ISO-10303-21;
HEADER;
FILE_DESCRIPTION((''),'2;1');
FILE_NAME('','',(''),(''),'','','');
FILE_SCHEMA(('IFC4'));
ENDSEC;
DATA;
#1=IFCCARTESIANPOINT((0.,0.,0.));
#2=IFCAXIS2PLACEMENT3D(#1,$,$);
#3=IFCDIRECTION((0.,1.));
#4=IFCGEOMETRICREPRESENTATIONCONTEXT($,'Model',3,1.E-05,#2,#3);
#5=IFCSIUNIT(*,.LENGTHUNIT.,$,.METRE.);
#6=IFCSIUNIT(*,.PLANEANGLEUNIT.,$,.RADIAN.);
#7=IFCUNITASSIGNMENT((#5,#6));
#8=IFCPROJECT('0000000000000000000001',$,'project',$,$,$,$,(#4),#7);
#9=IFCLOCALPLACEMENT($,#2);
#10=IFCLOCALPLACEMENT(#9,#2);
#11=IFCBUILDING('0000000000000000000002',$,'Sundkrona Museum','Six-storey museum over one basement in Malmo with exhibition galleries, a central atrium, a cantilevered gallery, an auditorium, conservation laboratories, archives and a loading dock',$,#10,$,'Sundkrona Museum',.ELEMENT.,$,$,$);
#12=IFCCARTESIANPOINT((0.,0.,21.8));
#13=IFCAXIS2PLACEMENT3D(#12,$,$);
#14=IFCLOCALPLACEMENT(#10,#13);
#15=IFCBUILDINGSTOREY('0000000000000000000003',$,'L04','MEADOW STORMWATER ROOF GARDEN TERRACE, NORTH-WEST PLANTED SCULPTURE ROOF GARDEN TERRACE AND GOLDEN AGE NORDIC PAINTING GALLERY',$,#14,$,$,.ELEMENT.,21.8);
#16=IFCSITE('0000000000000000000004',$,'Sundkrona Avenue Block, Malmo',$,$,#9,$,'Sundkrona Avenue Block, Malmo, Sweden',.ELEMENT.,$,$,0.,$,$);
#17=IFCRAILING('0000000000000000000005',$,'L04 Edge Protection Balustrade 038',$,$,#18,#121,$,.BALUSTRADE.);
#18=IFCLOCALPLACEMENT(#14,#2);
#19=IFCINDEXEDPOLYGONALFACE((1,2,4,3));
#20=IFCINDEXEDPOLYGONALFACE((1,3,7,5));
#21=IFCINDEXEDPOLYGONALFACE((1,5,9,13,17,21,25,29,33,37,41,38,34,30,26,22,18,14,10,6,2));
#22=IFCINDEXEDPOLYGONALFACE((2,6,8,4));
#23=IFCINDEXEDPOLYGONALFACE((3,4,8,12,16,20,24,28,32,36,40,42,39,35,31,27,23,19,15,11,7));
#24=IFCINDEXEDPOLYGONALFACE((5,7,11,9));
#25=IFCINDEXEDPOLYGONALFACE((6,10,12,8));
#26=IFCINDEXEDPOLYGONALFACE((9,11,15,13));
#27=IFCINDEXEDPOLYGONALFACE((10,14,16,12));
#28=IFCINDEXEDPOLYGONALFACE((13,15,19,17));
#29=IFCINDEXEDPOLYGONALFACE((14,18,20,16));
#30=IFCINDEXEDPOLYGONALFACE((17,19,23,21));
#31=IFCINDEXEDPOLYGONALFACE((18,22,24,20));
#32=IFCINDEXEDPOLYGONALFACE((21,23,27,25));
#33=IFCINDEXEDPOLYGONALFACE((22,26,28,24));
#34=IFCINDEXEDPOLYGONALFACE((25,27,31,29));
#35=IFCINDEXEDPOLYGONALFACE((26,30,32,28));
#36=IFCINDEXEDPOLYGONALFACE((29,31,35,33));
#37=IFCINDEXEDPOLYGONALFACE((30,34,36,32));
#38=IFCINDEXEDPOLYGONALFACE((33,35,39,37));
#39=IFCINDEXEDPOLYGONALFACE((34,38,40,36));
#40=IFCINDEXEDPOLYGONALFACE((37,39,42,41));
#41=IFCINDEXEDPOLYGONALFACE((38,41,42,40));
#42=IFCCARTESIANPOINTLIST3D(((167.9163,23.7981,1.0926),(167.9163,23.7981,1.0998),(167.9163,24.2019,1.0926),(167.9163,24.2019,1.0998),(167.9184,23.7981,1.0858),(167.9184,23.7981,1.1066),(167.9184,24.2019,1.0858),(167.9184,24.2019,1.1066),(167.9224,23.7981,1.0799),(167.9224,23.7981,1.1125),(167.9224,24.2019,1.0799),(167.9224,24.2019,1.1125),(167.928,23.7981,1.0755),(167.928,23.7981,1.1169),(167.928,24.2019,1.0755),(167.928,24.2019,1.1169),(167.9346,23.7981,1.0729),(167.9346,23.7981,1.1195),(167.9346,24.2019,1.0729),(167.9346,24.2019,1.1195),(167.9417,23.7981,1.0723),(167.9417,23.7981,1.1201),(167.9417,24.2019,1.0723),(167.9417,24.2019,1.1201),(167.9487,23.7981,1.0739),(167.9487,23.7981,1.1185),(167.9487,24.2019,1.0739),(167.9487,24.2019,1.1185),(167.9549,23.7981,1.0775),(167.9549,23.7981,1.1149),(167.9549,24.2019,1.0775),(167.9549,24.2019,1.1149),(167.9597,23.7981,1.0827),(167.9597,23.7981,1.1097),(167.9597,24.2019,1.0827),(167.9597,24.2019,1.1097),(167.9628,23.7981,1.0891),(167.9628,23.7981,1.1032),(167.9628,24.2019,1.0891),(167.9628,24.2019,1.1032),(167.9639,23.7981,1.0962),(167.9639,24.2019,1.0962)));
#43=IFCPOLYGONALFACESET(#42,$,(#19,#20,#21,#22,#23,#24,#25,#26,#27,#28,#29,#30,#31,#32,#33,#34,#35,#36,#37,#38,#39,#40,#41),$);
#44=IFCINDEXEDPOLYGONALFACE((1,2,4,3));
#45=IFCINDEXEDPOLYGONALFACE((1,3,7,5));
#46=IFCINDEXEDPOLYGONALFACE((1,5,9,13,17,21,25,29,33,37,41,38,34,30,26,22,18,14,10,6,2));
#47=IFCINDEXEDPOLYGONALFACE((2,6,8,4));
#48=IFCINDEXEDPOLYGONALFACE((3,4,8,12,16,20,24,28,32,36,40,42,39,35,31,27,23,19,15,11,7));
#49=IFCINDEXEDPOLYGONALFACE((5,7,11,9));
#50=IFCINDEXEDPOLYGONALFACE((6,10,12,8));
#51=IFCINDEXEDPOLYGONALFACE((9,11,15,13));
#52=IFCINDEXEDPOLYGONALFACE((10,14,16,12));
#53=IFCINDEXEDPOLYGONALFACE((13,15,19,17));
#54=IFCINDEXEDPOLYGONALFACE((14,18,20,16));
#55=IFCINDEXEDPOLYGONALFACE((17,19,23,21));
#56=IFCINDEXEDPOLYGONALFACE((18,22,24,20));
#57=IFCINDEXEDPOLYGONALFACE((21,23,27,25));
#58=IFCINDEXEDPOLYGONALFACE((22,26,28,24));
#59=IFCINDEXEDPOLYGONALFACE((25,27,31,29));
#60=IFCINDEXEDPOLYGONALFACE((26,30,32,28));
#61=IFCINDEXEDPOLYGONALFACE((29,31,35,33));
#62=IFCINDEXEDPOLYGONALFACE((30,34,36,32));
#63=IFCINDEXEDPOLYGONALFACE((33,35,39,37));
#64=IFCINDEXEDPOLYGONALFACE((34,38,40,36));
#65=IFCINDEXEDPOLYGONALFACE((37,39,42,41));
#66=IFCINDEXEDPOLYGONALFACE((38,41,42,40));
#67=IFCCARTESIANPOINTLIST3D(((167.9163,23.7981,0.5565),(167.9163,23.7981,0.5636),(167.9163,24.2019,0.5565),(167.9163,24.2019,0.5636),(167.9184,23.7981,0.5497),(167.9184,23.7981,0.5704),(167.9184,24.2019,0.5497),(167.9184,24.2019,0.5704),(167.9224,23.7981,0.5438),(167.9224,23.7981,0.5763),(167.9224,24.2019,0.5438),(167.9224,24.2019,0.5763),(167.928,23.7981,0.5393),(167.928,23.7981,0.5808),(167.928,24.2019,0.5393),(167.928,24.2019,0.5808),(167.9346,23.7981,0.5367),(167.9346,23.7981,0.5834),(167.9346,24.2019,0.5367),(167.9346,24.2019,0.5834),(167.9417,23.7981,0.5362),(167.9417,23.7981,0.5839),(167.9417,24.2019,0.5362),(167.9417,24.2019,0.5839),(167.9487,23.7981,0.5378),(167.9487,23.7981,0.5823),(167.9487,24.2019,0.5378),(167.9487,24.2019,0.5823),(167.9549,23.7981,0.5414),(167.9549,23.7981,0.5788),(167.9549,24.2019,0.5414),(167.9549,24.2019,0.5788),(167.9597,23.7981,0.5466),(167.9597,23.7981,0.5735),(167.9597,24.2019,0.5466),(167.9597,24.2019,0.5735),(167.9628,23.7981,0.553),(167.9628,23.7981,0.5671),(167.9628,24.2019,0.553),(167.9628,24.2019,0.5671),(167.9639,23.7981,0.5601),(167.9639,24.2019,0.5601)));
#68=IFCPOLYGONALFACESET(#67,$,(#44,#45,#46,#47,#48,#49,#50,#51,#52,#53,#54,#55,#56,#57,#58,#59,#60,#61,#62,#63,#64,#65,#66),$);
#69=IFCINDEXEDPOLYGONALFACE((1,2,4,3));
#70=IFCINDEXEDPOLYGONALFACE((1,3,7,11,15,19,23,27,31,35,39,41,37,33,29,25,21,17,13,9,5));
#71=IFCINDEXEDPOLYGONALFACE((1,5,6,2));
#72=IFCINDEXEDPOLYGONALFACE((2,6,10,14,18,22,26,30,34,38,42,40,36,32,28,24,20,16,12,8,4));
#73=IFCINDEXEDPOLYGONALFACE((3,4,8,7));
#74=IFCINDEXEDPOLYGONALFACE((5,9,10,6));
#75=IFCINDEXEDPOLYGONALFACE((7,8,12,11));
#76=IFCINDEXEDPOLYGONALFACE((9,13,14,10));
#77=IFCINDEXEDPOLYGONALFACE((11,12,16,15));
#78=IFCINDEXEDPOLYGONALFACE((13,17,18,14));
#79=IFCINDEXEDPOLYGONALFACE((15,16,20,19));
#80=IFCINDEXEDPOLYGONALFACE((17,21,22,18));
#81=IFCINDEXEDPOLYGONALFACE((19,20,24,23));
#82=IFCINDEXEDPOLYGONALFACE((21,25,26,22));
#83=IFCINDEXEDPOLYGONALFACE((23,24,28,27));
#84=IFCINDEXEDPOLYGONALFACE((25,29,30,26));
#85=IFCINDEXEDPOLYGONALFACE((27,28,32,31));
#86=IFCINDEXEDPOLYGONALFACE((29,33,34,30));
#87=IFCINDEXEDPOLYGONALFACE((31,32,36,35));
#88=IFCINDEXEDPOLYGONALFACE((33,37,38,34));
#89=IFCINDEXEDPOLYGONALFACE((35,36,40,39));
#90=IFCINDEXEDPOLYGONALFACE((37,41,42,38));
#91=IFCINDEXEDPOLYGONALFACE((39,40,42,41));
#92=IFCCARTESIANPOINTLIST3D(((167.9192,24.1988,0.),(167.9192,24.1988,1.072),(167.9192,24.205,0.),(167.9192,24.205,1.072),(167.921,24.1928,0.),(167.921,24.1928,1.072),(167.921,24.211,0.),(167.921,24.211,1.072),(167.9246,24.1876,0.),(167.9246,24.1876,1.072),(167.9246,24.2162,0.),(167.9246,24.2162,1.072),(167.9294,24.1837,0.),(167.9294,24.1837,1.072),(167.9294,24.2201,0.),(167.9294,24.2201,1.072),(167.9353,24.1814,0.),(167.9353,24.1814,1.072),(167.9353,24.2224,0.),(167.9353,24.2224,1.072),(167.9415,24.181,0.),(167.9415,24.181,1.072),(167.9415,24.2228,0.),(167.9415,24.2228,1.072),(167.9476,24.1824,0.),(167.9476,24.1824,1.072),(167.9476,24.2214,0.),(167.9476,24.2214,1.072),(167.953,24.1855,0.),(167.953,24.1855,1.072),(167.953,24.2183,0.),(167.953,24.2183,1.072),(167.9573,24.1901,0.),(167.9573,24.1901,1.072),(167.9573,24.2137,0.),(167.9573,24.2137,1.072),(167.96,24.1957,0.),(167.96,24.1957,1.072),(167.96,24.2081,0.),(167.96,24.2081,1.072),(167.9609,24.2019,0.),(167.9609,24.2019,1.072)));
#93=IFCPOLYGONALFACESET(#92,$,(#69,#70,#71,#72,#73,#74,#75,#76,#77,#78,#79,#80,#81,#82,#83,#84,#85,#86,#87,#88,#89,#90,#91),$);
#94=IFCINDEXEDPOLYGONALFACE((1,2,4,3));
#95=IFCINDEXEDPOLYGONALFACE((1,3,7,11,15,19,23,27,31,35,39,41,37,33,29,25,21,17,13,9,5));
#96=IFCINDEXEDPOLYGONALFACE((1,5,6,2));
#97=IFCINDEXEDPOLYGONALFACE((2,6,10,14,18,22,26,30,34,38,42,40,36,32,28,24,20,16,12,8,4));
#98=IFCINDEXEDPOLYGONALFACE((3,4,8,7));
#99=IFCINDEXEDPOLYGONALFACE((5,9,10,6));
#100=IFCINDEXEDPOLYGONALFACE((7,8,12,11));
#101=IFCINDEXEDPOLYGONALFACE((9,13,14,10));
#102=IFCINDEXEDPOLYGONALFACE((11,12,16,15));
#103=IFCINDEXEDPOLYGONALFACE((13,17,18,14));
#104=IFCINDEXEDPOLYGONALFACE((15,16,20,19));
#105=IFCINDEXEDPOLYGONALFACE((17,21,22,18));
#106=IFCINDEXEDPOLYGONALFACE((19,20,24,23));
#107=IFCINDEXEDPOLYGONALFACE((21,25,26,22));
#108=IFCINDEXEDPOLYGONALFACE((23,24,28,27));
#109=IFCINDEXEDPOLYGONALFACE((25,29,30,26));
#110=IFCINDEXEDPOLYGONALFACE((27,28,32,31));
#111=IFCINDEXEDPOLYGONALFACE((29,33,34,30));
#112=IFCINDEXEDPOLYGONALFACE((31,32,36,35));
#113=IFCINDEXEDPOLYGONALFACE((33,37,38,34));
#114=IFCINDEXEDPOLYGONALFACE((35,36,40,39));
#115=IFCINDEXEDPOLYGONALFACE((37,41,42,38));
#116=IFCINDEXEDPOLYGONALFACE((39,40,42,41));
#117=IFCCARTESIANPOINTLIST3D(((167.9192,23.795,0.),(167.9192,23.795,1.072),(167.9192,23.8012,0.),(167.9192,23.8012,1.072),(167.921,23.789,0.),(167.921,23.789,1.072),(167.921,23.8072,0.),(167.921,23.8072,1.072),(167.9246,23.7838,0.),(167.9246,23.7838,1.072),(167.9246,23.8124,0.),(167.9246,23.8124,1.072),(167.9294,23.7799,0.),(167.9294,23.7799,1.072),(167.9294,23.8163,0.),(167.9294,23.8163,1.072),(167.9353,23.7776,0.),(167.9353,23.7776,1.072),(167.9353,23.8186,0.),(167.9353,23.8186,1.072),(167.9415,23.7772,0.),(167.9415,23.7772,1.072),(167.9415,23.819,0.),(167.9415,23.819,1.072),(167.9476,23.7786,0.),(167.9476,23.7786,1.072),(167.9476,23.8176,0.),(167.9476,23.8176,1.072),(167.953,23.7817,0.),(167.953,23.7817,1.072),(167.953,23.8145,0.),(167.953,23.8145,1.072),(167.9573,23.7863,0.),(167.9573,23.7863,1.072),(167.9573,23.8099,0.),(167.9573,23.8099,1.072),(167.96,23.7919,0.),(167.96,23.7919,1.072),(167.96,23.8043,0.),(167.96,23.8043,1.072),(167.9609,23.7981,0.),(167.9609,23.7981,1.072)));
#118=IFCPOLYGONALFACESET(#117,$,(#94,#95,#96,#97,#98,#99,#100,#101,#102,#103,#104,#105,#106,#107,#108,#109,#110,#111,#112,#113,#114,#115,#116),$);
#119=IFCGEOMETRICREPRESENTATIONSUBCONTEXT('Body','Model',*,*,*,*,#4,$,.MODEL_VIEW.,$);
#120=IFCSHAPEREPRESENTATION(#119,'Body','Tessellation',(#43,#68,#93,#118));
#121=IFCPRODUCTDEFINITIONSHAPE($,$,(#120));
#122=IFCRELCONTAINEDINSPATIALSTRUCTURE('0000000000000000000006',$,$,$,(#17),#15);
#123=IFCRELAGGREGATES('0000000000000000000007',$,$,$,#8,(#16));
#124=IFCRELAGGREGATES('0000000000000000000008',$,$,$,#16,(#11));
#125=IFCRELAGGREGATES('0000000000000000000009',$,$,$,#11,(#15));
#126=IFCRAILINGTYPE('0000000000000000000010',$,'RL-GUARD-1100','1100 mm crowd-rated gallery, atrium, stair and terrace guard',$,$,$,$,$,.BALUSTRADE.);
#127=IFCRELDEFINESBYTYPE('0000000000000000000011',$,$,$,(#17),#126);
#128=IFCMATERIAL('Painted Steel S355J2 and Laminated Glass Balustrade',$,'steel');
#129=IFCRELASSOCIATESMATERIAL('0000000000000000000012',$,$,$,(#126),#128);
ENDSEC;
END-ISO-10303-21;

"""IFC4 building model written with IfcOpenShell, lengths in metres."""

from ifc_helpers import new_model, si_unit, direction, frame, origin, origin_2d, place, context, subcontext, project, spatial, circle, extrude, material, type_object, element, save


model = new_model("IFC4")

# Units and contexts
model_context = context("Model", 3, precision=1e-05, world=origin(), true_north=direction((0.0, 1.0)))
body_context = subcontext(model_context, "Body", "Model", "MODEL_VIEW")
ifc_project = project(units=[si_unit("LENGTHUNIT", "METRE"), si_unit("PLANEANGLEUNIT", "RADIAN")], contexts=[model_context])

# Site, building, storey
site_placement = place(None, origin())
site = spatial("IfcSite", under=ifc_project, at=site_placement, Name="Sundkrona Avenue Block, Malmo", LongName="Sundkrona Avenue Block, Malmo, Sweden", CompositionType="ELEMENT", RefElevation=0.0)
building_placement = place(site_placement, origin())
building = spatial("IfcBuilding", under=site, at=building_placement, Name="Sundkrona Museum", Description="Six-storey museum over one basement in Malmo with exhibition galleries, a central atrium, a cantilevered gallery, an auditorium, conservation laboratories, archives and a loading dock", LongName="Sundkrona Museum", CompositionType="ELEMENT")
storey_placement = place(building_placement, frame((0.0, 0.0, 21.8)))
storey = spatial("IfcBuildingStorey", under=building, at=storey_placement, Name="L04", Description="MEADOW STORMWATER ROOF GARDEN TERRACE, NORTH-WEST PLANTED SCULPTURE ROOF GARDEN TERRACE AND GOLDEN AGE NORDIC PAINTING GALLERY", CompositionType="ELEMENT", Elevation=21.8)

# Railing
ifc_material_1 = material(Name="Painted Steel S355J2 and Laminated Glass Balustrade", Category="steel")
railing_type = type_object("IfcRailingType", Name="RL-GUARD-1100", Description="1100 mm crowd-rated gallery, atrium, stair and terrace guard", PredefinedType="BALUSTRADE", material=ifc_material_1)
railing_1_placement = place(storey_placement, frame((167.9399, 24.2019, 0.0)))
element("IfcRailing", 1, at=railing_1_placement, inside=storey, type_object=railing_type, Name="L04 Edge Protection Balustrade 038", PredefinedType="BALUSTRADE", context=body_context, shape_type="SweptSolid", body=[
    extrude(circle(Radius=0.0239, at=origin_2d()), frame((0.0, 0.0, 1.0962), z_axis=(0.0, -1.0, 0.0), x_axis=(1.0, 0.0, 0.0)), (0.0, 0.0, 1.0), 0.4038),
    extrude(circle(Radius=0.0239, at=origin_2d()), frame((0.0, 0.0, 0.5601), z_axis=(0.0, -1.0, 0.0), x_axis=(1.0, 0.0, 0.0)), (0.0, 0.0, 1.0), 0.4038),
    extrude(circle(Radius=0.021, at=origin_2d()), origin(), (0.0, 0.0, 1.0), 1.072),
    extrude(circle(Radius=0.021, at=origin_2d()), frame((0.0, -0.4038, 0.0)), (0.0, 0.0, 1.0), 1.072),
])

save(model, "model.ifc")
